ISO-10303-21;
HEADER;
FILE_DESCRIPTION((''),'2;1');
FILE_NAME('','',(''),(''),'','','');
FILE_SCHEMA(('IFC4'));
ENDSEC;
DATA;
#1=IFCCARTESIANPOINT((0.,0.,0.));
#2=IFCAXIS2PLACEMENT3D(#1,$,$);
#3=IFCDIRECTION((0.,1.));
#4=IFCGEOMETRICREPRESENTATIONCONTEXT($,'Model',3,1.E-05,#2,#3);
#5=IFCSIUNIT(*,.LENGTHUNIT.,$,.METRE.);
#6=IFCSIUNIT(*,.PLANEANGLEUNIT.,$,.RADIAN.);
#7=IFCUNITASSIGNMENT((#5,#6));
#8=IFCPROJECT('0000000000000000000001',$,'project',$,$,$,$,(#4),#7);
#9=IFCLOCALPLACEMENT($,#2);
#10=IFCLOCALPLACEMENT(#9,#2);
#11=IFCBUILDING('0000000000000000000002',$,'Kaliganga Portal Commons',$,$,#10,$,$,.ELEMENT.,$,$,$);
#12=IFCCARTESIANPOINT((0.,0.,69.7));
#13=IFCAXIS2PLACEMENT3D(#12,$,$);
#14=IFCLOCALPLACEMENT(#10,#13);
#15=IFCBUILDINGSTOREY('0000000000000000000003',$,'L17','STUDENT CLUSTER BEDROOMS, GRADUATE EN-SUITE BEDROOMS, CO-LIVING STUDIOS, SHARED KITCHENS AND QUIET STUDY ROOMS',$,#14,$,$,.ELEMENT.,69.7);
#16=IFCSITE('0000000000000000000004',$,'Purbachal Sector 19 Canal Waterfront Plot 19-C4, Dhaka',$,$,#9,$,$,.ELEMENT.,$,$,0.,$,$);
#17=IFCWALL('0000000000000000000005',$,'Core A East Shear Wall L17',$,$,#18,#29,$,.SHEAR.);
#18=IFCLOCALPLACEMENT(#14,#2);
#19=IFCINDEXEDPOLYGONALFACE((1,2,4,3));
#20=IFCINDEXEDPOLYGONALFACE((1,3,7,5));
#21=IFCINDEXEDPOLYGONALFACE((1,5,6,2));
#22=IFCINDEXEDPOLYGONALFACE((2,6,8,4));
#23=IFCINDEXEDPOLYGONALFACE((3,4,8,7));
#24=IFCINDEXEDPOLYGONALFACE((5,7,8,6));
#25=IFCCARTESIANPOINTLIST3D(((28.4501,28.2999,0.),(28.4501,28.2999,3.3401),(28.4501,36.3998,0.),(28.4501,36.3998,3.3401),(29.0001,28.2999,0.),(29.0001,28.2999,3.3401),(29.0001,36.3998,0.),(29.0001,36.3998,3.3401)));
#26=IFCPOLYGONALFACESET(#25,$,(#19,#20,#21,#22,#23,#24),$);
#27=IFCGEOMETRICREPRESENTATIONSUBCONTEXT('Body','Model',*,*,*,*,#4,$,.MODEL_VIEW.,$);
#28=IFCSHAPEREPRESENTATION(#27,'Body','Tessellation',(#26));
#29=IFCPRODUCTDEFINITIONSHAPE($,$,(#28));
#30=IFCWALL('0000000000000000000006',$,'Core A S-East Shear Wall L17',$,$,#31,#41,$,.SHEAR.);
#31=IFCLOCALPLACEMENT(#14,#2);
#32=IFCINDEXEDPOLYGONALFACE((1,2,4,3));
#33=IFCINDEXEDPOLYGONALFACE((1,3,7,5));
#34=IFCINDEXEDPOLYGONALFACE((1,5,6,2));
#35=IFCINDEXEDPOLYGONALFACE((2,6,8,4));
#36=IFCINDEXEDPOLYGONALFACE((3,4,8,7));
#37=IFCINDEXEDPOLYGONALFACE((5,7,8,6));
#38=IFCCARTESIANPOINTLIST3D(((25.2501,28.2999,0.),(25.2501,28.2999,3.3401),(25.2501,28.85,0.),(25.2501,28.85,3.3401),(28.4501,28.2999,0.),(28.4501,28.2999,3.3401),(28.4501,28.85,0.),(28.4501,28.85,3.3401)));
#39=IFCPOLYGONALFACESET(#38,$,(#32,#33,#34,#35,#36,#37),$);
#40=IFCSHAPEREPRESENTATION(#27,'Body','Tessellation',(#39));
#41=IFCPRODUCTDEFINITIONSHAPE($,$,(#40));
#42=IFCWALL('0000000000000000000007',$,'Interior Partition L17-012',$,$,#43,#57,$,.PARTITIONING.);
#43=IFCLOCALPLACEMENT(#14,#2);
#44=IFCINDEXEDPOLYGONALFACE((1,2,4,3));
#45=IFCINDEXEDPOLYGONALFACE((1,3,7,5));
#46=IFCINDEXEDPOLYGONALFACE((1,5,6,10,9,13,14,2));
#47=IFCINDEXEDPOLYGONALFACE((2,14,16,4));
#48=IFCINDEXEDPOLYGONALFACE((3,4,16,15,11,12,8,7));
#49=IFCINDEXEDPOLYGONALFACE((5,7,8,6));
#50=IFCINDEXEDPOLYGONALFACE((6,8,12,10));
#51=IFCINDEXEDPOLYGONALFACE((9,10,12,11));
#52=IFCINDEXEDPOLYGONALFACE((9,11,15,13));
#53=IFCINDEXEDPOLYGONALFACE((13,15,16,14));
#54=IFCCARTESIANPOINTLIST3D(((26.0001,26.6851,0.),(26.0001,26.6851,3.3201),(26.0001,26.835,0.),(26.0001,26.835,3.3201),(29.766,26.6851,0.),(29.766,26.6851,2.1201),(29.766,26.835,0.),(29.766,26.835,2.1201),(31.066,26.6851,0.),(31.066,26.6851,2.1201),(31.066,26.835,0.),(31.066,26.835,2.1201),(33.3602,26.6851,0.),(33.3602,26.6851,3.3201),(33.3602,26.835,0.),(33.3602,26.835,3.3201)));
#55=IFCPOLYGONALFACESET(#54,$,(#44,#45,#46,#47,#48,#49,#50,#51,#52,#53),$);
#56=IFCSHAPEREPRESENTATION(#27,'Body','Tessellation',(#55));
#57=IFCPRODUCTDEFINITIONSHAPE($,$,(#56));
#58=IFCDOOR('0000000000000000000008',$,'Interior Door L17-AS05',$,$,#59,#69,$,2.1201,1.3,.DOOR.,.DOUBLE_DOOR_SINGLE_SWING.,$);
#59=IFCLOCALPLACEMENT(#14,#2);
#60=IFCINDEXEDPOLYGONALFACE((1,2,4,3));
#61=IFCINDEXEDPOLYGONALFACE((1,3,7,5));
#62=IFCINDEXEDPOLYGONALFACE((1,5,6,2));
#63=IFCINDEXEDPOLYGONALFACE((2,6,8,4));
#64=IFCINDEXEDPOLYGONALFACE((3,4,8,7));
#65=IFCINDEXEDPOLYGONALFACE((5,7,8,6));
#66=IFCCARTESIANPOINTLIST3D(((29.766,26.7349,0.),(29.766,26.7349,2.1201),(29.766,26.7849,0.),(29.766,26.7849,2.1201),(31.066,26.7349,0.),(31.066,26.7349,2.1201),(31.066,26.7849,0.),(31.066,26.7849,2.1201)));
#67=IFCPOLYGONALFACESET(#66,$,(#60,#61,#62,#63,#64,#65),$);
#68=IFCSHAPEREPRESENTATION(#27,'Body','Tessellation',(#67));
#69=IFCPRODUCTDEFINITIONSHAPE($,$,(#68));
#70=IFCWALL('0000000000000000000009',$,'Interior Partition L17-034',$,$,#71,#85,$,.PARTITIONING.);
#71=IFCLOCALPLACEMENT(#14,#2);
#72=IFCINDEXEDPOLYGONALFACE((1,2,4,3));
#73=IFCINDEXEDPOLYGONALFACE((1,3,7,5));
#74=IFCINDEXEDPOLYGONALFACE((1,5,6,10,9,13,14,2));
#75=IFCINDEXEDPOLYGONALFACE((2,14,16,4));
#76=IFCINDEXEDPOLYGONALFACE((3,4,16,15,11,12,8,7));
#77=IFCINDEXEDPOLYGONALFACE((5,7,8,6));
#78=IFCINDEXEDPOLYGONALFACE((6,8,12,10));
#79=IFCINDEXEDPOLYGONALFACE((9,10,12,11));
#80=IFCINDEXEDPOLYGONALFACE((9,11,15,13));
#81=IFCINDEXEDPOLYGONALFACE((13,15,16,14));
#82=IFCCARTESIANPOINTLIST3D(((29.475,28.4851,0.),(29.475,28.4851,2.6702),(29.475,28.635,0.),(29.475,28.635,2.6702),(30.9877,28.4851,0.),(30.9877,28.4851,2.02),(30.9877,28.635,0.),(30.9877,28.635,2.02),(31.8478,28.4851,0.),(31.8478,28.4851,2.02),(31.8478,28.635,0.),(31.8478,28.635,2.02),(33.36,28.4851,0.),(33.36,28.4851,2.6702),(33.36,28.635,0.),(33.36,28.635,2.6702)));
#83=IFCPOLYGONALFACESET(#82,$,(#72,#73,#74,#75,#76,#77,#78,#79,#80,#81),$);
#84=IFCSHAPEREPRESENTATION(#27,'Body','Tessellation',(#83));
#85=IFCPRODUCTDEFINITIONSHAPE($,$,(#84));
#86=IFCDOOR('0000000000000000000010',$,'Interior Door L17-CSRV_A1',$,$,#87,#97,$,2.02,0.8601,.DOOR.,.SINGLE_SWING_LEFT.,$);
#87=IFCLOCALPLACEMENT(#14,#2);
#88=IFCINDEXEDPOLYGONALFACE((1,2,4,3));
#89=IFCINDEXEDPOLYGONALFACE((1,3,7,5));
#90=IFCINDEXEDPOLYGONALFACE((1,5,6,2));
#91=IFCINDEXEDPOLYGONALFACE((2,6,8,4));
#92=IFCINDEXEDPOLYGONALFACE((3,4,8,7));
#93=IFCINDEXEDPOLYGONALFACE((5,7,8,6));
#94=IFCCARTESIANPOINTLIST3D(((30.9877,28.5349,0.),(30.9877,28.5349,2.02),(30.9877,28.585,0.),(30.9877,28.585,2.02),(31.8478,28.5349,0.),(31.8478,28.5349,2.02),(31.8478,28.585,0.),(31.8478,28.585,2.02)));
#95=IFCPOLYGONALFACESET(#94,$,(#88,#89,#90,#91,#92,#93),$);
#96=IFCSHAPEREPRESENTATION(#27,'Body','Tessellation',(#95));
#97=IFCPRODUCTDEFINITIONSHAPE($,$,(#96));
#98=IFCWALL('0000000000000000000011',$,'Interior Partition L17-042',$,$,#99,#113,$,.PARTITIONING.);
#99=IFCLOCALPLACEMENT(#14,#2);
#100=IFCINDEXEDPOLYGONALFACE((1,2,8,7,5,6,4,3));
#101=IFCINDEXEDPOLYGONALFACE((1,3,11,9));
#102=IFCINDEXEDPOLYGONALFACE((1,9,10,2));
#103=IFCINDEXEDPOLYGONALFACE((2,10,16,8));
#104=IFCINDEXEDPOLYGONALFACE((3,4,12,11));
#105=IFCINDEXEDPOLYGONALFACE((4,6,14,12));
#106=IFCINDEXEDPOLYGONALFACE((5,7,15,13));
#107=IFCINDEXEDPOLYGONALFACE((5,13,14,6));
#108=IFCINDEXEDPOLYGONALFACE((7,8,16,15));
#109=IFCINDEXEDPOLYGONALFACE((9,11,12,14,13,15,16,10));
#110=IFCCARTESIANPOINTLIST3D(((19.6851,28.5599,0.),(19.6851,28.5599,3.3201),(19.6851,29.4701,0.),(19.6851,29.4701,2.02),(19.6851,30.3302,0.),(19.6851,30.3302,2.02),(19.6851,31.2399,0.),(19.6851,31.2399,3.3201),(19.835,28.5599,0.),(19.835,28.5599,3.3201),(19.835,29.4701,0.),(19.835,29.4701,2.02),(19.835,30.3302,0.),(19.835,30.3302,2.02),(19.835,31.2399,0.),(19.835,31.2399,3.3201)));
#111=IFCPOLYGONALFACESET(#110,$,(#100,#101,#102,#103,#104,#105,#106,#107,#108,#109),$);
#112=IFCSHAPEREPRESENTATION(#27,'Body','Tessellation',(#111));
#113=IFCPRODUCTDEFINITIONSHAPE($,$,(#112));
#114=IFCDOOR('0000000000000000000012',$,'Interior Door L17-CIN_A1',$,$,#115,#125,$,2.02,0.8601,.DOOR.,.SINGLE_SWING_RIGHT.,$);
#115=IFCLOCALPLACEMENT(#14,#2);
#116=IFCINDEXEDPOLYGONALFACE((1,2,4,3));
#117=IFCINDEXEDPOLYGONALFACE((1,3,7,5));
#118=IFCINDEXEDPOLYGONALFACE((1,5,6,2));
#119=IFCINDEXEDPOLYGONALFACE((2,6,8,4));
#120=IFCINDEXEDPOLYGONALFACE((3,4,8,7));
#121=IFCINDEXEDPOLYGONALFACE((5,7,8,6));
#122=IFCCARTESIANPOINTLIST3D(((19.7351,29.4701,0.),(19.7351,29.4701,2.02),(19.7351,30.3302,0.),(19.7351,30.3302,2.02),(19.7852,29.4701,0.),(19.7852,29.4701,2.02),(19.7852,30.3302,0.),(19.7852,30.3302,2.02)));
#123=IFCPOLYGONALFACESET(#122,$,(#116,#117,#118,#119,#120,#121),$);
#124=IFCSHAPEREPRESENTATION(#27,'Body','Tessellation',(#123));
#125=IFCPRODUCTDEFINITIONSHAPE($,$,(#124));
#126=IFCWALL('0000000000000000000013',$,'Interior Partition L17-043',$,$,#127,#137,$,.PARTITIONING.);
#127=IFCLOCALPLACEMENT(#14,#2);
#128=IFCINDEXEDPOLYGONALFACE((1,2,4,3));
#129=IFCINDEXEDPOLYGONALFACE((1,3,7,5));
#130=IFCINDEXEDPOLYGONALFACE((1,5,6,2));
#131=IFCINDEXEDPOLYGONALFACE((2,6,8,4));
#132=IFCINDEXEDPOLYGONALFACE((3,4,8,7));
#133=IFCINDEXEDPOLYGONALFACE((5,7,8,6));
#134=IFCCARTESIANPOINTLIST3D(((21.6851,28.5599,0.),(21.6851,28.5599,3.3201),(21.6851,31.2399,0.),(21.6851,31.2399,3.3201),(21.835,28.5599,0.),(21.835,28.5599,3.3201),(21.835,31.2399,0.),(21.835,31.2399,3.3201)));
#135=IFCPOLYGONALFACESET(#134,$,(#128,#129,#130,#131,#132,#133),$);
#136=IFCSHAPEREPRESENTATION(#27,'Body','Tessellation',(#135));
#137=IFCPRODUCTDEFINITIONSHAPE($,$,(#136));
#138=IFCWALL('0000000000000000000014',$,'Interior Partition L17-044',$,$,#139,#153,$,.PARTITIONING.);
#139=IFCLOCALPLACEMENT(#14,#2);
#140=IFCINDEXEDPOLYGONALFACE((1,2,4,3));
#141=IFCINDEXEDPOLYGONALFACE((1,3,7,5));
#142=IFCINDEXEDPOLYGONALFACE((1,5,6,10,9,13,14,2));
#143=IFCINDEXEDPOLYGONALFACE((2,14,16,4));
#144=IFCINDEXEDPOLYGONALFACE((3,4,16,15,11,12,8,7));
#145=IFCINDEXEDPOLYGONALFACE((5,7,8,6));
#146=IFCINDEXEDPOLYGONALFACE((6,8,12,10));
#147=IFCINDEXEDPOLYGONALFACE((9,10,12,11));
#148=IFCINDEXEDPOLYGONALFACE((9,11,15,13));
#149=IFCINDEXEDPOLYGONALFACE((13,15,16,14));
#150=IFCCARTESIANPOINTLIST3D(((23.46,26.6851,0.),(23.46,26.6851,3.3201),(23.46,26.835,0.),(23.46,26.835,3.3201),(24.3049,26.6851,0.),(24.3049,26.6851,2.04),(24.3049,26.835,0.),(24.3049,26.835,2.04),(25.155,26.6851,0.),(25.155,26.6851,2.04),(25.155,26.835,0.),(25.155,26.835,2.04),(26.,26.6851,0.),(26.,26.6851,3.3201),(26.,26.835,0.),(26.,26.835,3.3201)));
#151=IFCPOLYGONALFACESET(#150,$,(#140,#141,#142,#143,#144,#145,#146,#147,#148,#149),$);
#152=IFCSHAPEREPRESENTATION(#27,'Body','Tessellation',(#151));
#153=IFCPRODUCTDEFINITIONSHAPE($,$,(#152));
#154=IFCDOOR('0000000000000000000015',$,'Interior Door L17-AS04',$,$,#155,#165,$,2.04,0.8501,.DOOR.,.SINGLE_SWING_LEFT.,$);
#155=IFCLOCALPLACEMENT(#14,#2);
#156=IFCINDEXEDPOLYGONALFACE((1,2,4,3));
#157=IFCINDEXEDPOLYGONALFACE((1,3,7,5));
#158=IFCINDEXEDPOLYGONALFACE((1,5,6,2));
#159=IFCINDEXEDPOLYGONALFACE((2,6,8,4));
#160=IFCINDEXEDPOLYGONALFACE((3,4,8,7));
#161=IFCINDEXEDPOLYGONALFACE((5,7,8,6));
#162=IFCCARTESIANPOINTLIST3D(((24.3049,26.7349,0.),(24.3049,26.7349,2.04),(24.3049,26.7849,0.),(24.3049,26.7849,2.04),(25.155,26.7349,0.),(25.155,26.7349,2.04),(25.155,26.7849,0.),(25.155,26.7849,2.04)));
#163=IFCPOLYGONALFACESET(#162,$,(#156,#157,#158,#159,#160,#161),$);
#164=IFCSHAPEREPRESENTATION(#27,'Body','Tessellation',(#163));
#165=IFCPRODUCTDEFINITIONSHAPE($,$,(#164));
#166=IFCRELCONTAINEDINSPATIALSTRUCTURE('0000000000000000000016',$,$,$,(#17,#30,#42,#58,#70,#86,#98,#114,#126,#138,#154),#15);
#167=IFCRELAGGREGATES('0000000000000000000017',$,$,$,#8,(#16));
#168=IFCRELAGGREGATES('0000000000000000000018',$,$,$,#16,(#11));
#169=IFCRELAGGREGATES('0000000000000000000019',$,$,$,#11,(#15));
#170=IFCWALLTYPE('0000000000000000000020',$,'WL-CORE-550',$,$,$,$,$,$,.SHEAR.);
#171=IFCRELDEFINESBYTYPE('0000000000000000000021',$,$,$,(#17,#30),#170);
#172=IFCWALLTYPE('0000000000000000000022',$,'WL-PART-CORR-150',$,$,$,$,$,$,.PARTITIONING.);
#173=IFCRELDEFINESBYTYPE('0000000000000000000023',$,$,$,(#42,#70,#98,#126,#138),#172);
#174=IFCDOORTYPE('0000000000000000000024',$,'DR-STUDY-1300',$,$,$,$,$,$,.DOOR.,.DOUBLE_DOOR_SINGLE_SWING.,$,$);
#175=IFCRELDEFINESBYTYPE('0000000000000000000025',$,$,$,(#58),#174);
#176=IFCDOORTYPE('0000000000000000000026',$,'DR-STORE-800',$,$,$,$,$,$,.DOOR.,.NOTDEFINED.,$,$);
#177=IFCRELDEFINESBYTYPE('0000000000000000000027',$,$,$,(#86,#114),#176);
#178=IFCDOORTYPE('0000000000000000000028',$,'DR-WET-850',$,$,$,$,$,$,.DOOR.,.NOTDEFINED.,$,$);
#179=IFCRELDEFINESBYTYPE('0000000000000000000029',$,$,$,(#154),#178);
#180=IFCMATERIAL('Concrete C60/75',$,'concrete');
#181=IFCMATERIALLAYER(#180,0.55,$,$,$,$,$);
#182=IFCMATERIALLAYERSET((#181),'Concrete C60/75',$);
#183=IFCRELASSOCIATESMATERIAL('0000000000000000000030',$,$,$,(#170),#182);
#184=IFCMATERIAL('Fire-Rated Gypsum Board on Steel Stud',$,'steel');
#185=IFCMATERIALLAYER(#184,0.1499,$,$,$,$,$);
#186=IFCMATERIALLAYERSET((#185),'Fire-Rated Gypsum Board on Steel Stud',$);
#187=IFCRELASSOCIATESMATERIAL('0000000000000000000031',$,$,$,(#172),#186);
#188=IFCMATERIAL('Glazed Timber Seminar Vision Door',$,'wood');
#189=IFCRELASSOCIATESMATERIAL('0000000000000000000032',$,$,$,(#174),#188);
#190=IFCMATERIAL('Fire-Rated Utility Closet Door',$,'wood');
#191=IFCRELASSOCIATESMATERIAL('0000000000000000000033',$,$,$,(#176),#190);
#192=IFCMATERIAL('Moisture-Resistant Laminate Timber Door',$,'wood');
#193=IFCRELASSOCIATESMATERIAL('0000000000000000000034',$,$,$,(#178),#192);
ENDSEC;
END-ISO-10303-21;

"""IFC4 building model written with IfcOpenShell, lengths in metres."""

from ifc_helpers import new_model, si_unit, direction, frame, frame_2d, origin, place, context, subcontext, project, spatial, rectangle, extrude, material, layer, layer_set, type_object, element, fill, save


model = new_model("IFC4")

# Units and contexts
model_context = context("Model", 3, precision=1e-05, world=origin(), true_north=direction((0.0, 1.0)))
body_context = subcontext(model_context, "Body", "Model", "MODEL_VIEW")
ifc_project = project(units=[si_unit("LENGTHUNIT", "METRE"), si_unit("PLANEANGLEUNIT", "RADIAN")], contexts=[model_context])

# Site, building, storey
site_placement = place(None, origin())
site = spatial("IfcSite", under=ifc_project, at=site_placement, Name="Purbachal Sector 19 Canal Waterfront Plot 19-C4, Dhaka", CompositionType="ELEMENT", RefElevation=0.0)
building_placement = place(site_placement, origin())
building = spatial("IfcBuilding", under=site, at=building_placement, Name="Kaliganga Portal Commons", CompositionType="ELEMENT")
storey_placement = place(building_placement, frame((0.0, 0.0, 69.7)))
storey = spatial("IfcBuildingStorey", under=building, at=storey_placement, Name="L17", Description="STUDENT CLUSTER BEDROOMS, GRADUATE EN-SUITE BEDROOMS, CO-LIVING STUDIOS, SHARED KITCHENS AND QUIET STUDY ROOMS", CompositionType="ELEMENT", Elevation=69.7)

# Shared definitions
ifc_material_1 = material(Name="Concrete C60/75", Category="concrete")

# Walls
ifc_layer_1 = layer(ifc_material_1, 0.55)
ifc_layer_set_1 = layer_set([ifc_layer_1], Name="Concrete C60/75")
wall_type_1 = type_object("IfcWallType", Name="WL-CORE-550", PredefinedType="SHEAR", material=ifc_layer_set_1)
wall_1_placement = place(storey_placement, frame((28.7251, 28.3, 0.0), z_axis=(0.0, 0.0, 1.0), x_axis=(0.0, 1.0, 0.0)))
element("IfcWall", 1, at=wall_1_placement, inside=storey, type_object=wall_type_1, Name="Core A East Shear Wall L17", PredefinedType="SHEAR", context=body_context, shape_type="SweptSolid", body=[
    extrude(rectangle(XDim=8.0999, YDim=0.55, at=frame_2d((4.0498, 0.0))), origin(), (0.0, 0.0, 1.0), 3.3401),
])
wall_2_placement = place(storey_placement, frame((25.25, 28.575, 0.0), z_axis=(0.0, 0.0, 1.0), x_axis=(1.0, 0.0, 0.0)))
element("IfcWall", 2, at=wall_2_placement, inside=storey, type_object=wall_type_1, Name="Core A S-East Shear Wall L17", PredefinedType="SHEAR", context=body_context, shape_type="SweptSolid", body=[
    extrude(rectangle(XDim=3.2, YDim=0.55, at=frame_2d((1.6001, 0.0))), origin(), (0.0, 0.0, 1.0), 3.3401),
])

# Walls, openings, doors
ifc_material_2 = material(Name="Fire-Rated Gypsum Board on Steel Stud", Category="steel")
ifc_layer_2 = layer(ifc_material_2, 0.1499)
ifc_layer_set_2 = layer_set([ifc_layer_2], Name="Fire-Rated Gypsum Board on Steel Stud")
wall_type_2 = type_object("IfcWallType", Name="WL-PART-CORR-150", PredefinedType="PARTITIONING", material=ifc_layer_set_2)
wall_3_placement = place(storey_placement, frame((26.0, 26.76, 0.0), z_axis=(0.0, 0.0, 1.0), x_axis=(1.0, 0.0, 0.0)))
wall_3 = element("IfcWall", 3, at=wall_3_placement, inside=storey, type_object=wall_type_2, Name="Interior Partition L17-012", PredefinedType="PARTITIONING", context=body_context, shape_type="SweptSolid", body=[
    extrude(rectangle(XDim=7.3601, YDim=0.1499, at=frame_2d((3.6802, 0.0))), origin(), (0.0, 0.0, 1.0), 3.3201),
])
opening_1_placement = place(wall_3_placement, frame((3.7661, 0.0, 0.0)))
opening_1 = element("IfcOpeningElement", 4, at=opening_1_placement, cuts=wall_3, PredefinedType="OPENING", context=body_context, shape_type="SweptSolid", body=[
    extrude(rectangle(XDim=1.3, YDim=2.1201, at=frame_2d((0.6499, 1.0601))), frame((0.0, 0.085, 0.0), z_axis=(0.0, -1.0, 0.0), x_axis=(1.0, 0.0, 0.0)), (0.0, 0.0, 1.0), 0.1699),
])
ifc_material_3 = material(Name="Glazed Timber Seminar Vision Door", Category="wood")
door_type_1 = type_object("IfcDoorType", Name="DR-STUDY-1300", OperationType="DOUBLE_DOOR_SINGLE_SWING", PredefinedType="DOOR", material=ifc_material_3)
door_1_placement = place(opening_1_placement, origin())
door_1 = element("IfcDoor", 5, at=door_1_placement, inside=storey, type_object=door_type_1, Name="Interior Door L17-AS05", OperationType="DOUBLE_DOOR_SINGLE_SWING", OverallHeight=2.1201, OverallWidth=1.3, PredefinedType="DOOR", context=body_context, shape_type="SweptSolid", body=[
    extrude(rectangle(XDim=1.3, YDim=2.1201, at=frame_2d((0.6499, 1.0601))), frame((0.0, 0.0249, 0.0), z_axis=(0.0, -1.0, 0.0), x_axis=(1.0, 0.0, 0.0)), (0.0, 0.0, 1.0), 0.05),
])
fill(opening_1, door_1)
wall_4_placement = place(storey_placement, frame((29.4751, 28.5601, 0.0), z_axis=(0.0, 0.0, 1.0), x_axis=(1.0, 0.0, 0.0)))
wall_4 = element("IfcWall", 6, at=wall_4_placement, inside=storey, type_object=wall_type_2, Name="Interior Partition L17-034", PredefinedType="PARTITIONING", context=body_context, shape_type="SweptSolid", body=[
    extrude(rectangle(XDim=3.885, YDim=0.1499, at=frame_2d((1.9424, 0.0))), origin(), (0.0, 0.0, 1.0), 2.6702),
])
opening_2_placement = place(wall_4_placement, frame((1.5125, 0.0, 0.0)))
opening_2 = element("IfcOpeningElement", 7, at=opening_2_placement, cuts=wall_4, PredefinedType="OPENING", context=body_context, shape_type="SweptSolid", body=[
    extrude(rectangle(XDim=0.8601, YDim=2.02, at=frame_2d((0.4302, 1.01))), frame((0.0, 0.085, 0.0), z_axis=(0.0, -1.0, 0.0), x_axis=(1.0, 0.0, 0.0)), (0.0, 0.0, 1.0), 0.1699),
])
ifc_material_4 = material(Name="Fire-Rated Utility Closet Door", Category="wood")
door_type_2 = type_object("IfcDoorType", Name="DR-STORE-800", OperationType="NOTDEFINED", PredefinedType="DOOR", material=ifc_material_4)
door_2_placement = place(opening_2_placement, origin())
door_2 = element("IfcDoor", 8, at=door_2_placement, inside=storey, type_object=door_type_2, Name="Interior Door L17-CSRV_A1", OperationType="SINGLE_SWING_LEFT", OverallHeight=2.02, OverallWidth=0.8601, PredefinedType="DOOR", context=body_context, shape_type="SweptSolid", body=[
    extrude(rectangle(XDim=0.8601, YDim=2.02, at=frame_2d((0.4302, 1.01))), frame((0.0, 0.0249, 0.0), z_axis=(0.0, -1.0, 0.0), x_axis=(1.0, 0.0, 0.0)), (0.0, 0.0, 1.0), 0.05),
])
fill(opening_2, door_2)
wall_5_placement = place(storey_placement, frame((19.76, 28.5601, 0.0), z_axis=(0.0, 0.0, 1.0), x_axis=(0.0, 1.0, 0.0)))
wall_5 = element("IfcWall", 9, at=wall_5_placement, inside=storey, type_object=wall_type_2, Name="Interior Partition L17-042", PredefinedType="PARTITIONING", context=body_context, shape_type="SweptSolid", body=[
    extrude(rectangle(XDim=2.6799, YDim=0.1499, at=frame_2d((1.3398, 0.0))), origin(), (0.0, 0.0, 1.0), 3.3201),
])
opening_3_placement = place(wall_5_placement, frame((0.9099, 0.0, 0.0)))
opening_3 = element("IfcOpeningElement", 10, at=opening_3_placement, cuts=wall_5, PredefinedType="OPENING", context=body_context, shape_type="SweptSolid", body=[
    extrude(rectangle(XDim=0.8601, YDim=2.02, at=frame_2d((0.4302, 1.01))), frame((0.0, 0.085, 0.0), z_axis=(0.0, -1.0, 0.0), x_axis=(1.0, 0.0, 0.0)), (0.0, 0.0, 1.0), 0.1699),
])
door_3_placement = place(opening_3_placement, origin())
door_3 = element("IfcDoor", 11, at=door_3_placement, inside=storey, type_object=door_type_2, Name="Interior Door L17-CIN_A1", OperationType="SINGLE_SWING_RIGHT", OverallHeight=2.02, OverallWidth=0.8601, PredefinedType="DOOR", context=body_context, shape_type="SweptSolid", body=[
    extrude(rectangle(XDim=0.8601, YDim=2.02, at=frame_2d((0.4302, 1.01))), frame((0.0, 0.0249, 0.0), z_axis=(0.0, -1.0, 0.0), x_axis=(1.0, 0.0, 0.0)), (0.0, 0.0, 1.0), 0.05),
])
fill(opening_3, door_3)

# Wall
wall_6_placement = place(storey_placement, frame((21.76, 28.5601, 0.0), z_axis=(0.0, 0.0, 1.0), x_axis=(0.0, 1.0, 0.0)))
element("IfcWall", 12, at=wall_6_placement, inside=storey, type_object=wall_type_2, Name="Interior Partition L17-043", PredefinedType="PARTITIONING", context=body_context, shape_type="SweptSolid", body=[
    extrude(rectangle(XDim=2.6799, YDim=0.1499, at=frame_2d((1.3398, 0.0))), origin(), (0.0, 0.0, 1.0), 3.3201),
])

# Wall, opening, door
wall_7_placement = place(storey_placement, frame((23.46, 26.76, 0.0), z_axis=(0.0, 0.0, 1.0), x_axis=(1.0, 0.0, 0.0)))
wall_7 = element("IfcWall", 13, at=wall_7_placement, inside=storey, type_object=wall_type_2, Name="Interior Partition L17-044", PredefinedType="PARTITIONING", context=body_context, shape_type="SweptSolid", body=[
    extrude(rectangle(XDim=2.54, YDim=0.1499, at=frame_2d((1.27, 0.0))), origin(), (0.0, 0.0, 1.0), 3.3201),
])
opening_4_placement = place(wall_7_placement, frame((0.845, 0.0, 0.0)))
opening_4 = element("IfcOpeningElement", 14, at=opening_4_placement, cuts=wall_7, PredefinedType="OPENING", context=body_context, shape_type="SweptSolid", body=[
    extrude(rectangle(XDim=0.8501, YDim=2.04, at=frame_2d((0.425, 1.02))), frame((0.0, 0.085, 0.0), z_axis=(0.0, -1.0, 0.0), x_axis=(1.0, 0.0, 0.0)), (0.0, 0.0, 1.0), 0.1699),
])
ifc_material_5 = material(Name="Moisture-Resistant Laminate Timber Door", Category="wood")
door_type_3 = type_object("IfcDoorType", Name="DR-WET-850", OperationType="NOTDEFINED", PredefinedType="DOOR", material=ifc_material_5)
door_4_placement = place(opening_4_placement, origin())
door_4 = element("IfcDoor", 15, at=door_4_placement, inside=storey, type_object=door_type_3, Name="Interior Door L17-AS04", OperationType="SINGLE_SWING_LEFT", OverallHeight=2.04, OverallWidth=0.8501, PredefinedType="DOOR", context=body_context, shape_type="SweptSolid", body=[
    extrude(rectangle(XDim=0.8501, YDim=2.04, at=frame_2d((0.425, 1.02))), frame((0.0, 0.0249, 0.0), z_axis=(0.0, -1.0, 0.0), x_axis=(1.0, 0.0, 0.0)), (0.0, 0.0, 1.0), 0.05),
])
fill(opening_4, door_4)

save(model, "model.ifc")
